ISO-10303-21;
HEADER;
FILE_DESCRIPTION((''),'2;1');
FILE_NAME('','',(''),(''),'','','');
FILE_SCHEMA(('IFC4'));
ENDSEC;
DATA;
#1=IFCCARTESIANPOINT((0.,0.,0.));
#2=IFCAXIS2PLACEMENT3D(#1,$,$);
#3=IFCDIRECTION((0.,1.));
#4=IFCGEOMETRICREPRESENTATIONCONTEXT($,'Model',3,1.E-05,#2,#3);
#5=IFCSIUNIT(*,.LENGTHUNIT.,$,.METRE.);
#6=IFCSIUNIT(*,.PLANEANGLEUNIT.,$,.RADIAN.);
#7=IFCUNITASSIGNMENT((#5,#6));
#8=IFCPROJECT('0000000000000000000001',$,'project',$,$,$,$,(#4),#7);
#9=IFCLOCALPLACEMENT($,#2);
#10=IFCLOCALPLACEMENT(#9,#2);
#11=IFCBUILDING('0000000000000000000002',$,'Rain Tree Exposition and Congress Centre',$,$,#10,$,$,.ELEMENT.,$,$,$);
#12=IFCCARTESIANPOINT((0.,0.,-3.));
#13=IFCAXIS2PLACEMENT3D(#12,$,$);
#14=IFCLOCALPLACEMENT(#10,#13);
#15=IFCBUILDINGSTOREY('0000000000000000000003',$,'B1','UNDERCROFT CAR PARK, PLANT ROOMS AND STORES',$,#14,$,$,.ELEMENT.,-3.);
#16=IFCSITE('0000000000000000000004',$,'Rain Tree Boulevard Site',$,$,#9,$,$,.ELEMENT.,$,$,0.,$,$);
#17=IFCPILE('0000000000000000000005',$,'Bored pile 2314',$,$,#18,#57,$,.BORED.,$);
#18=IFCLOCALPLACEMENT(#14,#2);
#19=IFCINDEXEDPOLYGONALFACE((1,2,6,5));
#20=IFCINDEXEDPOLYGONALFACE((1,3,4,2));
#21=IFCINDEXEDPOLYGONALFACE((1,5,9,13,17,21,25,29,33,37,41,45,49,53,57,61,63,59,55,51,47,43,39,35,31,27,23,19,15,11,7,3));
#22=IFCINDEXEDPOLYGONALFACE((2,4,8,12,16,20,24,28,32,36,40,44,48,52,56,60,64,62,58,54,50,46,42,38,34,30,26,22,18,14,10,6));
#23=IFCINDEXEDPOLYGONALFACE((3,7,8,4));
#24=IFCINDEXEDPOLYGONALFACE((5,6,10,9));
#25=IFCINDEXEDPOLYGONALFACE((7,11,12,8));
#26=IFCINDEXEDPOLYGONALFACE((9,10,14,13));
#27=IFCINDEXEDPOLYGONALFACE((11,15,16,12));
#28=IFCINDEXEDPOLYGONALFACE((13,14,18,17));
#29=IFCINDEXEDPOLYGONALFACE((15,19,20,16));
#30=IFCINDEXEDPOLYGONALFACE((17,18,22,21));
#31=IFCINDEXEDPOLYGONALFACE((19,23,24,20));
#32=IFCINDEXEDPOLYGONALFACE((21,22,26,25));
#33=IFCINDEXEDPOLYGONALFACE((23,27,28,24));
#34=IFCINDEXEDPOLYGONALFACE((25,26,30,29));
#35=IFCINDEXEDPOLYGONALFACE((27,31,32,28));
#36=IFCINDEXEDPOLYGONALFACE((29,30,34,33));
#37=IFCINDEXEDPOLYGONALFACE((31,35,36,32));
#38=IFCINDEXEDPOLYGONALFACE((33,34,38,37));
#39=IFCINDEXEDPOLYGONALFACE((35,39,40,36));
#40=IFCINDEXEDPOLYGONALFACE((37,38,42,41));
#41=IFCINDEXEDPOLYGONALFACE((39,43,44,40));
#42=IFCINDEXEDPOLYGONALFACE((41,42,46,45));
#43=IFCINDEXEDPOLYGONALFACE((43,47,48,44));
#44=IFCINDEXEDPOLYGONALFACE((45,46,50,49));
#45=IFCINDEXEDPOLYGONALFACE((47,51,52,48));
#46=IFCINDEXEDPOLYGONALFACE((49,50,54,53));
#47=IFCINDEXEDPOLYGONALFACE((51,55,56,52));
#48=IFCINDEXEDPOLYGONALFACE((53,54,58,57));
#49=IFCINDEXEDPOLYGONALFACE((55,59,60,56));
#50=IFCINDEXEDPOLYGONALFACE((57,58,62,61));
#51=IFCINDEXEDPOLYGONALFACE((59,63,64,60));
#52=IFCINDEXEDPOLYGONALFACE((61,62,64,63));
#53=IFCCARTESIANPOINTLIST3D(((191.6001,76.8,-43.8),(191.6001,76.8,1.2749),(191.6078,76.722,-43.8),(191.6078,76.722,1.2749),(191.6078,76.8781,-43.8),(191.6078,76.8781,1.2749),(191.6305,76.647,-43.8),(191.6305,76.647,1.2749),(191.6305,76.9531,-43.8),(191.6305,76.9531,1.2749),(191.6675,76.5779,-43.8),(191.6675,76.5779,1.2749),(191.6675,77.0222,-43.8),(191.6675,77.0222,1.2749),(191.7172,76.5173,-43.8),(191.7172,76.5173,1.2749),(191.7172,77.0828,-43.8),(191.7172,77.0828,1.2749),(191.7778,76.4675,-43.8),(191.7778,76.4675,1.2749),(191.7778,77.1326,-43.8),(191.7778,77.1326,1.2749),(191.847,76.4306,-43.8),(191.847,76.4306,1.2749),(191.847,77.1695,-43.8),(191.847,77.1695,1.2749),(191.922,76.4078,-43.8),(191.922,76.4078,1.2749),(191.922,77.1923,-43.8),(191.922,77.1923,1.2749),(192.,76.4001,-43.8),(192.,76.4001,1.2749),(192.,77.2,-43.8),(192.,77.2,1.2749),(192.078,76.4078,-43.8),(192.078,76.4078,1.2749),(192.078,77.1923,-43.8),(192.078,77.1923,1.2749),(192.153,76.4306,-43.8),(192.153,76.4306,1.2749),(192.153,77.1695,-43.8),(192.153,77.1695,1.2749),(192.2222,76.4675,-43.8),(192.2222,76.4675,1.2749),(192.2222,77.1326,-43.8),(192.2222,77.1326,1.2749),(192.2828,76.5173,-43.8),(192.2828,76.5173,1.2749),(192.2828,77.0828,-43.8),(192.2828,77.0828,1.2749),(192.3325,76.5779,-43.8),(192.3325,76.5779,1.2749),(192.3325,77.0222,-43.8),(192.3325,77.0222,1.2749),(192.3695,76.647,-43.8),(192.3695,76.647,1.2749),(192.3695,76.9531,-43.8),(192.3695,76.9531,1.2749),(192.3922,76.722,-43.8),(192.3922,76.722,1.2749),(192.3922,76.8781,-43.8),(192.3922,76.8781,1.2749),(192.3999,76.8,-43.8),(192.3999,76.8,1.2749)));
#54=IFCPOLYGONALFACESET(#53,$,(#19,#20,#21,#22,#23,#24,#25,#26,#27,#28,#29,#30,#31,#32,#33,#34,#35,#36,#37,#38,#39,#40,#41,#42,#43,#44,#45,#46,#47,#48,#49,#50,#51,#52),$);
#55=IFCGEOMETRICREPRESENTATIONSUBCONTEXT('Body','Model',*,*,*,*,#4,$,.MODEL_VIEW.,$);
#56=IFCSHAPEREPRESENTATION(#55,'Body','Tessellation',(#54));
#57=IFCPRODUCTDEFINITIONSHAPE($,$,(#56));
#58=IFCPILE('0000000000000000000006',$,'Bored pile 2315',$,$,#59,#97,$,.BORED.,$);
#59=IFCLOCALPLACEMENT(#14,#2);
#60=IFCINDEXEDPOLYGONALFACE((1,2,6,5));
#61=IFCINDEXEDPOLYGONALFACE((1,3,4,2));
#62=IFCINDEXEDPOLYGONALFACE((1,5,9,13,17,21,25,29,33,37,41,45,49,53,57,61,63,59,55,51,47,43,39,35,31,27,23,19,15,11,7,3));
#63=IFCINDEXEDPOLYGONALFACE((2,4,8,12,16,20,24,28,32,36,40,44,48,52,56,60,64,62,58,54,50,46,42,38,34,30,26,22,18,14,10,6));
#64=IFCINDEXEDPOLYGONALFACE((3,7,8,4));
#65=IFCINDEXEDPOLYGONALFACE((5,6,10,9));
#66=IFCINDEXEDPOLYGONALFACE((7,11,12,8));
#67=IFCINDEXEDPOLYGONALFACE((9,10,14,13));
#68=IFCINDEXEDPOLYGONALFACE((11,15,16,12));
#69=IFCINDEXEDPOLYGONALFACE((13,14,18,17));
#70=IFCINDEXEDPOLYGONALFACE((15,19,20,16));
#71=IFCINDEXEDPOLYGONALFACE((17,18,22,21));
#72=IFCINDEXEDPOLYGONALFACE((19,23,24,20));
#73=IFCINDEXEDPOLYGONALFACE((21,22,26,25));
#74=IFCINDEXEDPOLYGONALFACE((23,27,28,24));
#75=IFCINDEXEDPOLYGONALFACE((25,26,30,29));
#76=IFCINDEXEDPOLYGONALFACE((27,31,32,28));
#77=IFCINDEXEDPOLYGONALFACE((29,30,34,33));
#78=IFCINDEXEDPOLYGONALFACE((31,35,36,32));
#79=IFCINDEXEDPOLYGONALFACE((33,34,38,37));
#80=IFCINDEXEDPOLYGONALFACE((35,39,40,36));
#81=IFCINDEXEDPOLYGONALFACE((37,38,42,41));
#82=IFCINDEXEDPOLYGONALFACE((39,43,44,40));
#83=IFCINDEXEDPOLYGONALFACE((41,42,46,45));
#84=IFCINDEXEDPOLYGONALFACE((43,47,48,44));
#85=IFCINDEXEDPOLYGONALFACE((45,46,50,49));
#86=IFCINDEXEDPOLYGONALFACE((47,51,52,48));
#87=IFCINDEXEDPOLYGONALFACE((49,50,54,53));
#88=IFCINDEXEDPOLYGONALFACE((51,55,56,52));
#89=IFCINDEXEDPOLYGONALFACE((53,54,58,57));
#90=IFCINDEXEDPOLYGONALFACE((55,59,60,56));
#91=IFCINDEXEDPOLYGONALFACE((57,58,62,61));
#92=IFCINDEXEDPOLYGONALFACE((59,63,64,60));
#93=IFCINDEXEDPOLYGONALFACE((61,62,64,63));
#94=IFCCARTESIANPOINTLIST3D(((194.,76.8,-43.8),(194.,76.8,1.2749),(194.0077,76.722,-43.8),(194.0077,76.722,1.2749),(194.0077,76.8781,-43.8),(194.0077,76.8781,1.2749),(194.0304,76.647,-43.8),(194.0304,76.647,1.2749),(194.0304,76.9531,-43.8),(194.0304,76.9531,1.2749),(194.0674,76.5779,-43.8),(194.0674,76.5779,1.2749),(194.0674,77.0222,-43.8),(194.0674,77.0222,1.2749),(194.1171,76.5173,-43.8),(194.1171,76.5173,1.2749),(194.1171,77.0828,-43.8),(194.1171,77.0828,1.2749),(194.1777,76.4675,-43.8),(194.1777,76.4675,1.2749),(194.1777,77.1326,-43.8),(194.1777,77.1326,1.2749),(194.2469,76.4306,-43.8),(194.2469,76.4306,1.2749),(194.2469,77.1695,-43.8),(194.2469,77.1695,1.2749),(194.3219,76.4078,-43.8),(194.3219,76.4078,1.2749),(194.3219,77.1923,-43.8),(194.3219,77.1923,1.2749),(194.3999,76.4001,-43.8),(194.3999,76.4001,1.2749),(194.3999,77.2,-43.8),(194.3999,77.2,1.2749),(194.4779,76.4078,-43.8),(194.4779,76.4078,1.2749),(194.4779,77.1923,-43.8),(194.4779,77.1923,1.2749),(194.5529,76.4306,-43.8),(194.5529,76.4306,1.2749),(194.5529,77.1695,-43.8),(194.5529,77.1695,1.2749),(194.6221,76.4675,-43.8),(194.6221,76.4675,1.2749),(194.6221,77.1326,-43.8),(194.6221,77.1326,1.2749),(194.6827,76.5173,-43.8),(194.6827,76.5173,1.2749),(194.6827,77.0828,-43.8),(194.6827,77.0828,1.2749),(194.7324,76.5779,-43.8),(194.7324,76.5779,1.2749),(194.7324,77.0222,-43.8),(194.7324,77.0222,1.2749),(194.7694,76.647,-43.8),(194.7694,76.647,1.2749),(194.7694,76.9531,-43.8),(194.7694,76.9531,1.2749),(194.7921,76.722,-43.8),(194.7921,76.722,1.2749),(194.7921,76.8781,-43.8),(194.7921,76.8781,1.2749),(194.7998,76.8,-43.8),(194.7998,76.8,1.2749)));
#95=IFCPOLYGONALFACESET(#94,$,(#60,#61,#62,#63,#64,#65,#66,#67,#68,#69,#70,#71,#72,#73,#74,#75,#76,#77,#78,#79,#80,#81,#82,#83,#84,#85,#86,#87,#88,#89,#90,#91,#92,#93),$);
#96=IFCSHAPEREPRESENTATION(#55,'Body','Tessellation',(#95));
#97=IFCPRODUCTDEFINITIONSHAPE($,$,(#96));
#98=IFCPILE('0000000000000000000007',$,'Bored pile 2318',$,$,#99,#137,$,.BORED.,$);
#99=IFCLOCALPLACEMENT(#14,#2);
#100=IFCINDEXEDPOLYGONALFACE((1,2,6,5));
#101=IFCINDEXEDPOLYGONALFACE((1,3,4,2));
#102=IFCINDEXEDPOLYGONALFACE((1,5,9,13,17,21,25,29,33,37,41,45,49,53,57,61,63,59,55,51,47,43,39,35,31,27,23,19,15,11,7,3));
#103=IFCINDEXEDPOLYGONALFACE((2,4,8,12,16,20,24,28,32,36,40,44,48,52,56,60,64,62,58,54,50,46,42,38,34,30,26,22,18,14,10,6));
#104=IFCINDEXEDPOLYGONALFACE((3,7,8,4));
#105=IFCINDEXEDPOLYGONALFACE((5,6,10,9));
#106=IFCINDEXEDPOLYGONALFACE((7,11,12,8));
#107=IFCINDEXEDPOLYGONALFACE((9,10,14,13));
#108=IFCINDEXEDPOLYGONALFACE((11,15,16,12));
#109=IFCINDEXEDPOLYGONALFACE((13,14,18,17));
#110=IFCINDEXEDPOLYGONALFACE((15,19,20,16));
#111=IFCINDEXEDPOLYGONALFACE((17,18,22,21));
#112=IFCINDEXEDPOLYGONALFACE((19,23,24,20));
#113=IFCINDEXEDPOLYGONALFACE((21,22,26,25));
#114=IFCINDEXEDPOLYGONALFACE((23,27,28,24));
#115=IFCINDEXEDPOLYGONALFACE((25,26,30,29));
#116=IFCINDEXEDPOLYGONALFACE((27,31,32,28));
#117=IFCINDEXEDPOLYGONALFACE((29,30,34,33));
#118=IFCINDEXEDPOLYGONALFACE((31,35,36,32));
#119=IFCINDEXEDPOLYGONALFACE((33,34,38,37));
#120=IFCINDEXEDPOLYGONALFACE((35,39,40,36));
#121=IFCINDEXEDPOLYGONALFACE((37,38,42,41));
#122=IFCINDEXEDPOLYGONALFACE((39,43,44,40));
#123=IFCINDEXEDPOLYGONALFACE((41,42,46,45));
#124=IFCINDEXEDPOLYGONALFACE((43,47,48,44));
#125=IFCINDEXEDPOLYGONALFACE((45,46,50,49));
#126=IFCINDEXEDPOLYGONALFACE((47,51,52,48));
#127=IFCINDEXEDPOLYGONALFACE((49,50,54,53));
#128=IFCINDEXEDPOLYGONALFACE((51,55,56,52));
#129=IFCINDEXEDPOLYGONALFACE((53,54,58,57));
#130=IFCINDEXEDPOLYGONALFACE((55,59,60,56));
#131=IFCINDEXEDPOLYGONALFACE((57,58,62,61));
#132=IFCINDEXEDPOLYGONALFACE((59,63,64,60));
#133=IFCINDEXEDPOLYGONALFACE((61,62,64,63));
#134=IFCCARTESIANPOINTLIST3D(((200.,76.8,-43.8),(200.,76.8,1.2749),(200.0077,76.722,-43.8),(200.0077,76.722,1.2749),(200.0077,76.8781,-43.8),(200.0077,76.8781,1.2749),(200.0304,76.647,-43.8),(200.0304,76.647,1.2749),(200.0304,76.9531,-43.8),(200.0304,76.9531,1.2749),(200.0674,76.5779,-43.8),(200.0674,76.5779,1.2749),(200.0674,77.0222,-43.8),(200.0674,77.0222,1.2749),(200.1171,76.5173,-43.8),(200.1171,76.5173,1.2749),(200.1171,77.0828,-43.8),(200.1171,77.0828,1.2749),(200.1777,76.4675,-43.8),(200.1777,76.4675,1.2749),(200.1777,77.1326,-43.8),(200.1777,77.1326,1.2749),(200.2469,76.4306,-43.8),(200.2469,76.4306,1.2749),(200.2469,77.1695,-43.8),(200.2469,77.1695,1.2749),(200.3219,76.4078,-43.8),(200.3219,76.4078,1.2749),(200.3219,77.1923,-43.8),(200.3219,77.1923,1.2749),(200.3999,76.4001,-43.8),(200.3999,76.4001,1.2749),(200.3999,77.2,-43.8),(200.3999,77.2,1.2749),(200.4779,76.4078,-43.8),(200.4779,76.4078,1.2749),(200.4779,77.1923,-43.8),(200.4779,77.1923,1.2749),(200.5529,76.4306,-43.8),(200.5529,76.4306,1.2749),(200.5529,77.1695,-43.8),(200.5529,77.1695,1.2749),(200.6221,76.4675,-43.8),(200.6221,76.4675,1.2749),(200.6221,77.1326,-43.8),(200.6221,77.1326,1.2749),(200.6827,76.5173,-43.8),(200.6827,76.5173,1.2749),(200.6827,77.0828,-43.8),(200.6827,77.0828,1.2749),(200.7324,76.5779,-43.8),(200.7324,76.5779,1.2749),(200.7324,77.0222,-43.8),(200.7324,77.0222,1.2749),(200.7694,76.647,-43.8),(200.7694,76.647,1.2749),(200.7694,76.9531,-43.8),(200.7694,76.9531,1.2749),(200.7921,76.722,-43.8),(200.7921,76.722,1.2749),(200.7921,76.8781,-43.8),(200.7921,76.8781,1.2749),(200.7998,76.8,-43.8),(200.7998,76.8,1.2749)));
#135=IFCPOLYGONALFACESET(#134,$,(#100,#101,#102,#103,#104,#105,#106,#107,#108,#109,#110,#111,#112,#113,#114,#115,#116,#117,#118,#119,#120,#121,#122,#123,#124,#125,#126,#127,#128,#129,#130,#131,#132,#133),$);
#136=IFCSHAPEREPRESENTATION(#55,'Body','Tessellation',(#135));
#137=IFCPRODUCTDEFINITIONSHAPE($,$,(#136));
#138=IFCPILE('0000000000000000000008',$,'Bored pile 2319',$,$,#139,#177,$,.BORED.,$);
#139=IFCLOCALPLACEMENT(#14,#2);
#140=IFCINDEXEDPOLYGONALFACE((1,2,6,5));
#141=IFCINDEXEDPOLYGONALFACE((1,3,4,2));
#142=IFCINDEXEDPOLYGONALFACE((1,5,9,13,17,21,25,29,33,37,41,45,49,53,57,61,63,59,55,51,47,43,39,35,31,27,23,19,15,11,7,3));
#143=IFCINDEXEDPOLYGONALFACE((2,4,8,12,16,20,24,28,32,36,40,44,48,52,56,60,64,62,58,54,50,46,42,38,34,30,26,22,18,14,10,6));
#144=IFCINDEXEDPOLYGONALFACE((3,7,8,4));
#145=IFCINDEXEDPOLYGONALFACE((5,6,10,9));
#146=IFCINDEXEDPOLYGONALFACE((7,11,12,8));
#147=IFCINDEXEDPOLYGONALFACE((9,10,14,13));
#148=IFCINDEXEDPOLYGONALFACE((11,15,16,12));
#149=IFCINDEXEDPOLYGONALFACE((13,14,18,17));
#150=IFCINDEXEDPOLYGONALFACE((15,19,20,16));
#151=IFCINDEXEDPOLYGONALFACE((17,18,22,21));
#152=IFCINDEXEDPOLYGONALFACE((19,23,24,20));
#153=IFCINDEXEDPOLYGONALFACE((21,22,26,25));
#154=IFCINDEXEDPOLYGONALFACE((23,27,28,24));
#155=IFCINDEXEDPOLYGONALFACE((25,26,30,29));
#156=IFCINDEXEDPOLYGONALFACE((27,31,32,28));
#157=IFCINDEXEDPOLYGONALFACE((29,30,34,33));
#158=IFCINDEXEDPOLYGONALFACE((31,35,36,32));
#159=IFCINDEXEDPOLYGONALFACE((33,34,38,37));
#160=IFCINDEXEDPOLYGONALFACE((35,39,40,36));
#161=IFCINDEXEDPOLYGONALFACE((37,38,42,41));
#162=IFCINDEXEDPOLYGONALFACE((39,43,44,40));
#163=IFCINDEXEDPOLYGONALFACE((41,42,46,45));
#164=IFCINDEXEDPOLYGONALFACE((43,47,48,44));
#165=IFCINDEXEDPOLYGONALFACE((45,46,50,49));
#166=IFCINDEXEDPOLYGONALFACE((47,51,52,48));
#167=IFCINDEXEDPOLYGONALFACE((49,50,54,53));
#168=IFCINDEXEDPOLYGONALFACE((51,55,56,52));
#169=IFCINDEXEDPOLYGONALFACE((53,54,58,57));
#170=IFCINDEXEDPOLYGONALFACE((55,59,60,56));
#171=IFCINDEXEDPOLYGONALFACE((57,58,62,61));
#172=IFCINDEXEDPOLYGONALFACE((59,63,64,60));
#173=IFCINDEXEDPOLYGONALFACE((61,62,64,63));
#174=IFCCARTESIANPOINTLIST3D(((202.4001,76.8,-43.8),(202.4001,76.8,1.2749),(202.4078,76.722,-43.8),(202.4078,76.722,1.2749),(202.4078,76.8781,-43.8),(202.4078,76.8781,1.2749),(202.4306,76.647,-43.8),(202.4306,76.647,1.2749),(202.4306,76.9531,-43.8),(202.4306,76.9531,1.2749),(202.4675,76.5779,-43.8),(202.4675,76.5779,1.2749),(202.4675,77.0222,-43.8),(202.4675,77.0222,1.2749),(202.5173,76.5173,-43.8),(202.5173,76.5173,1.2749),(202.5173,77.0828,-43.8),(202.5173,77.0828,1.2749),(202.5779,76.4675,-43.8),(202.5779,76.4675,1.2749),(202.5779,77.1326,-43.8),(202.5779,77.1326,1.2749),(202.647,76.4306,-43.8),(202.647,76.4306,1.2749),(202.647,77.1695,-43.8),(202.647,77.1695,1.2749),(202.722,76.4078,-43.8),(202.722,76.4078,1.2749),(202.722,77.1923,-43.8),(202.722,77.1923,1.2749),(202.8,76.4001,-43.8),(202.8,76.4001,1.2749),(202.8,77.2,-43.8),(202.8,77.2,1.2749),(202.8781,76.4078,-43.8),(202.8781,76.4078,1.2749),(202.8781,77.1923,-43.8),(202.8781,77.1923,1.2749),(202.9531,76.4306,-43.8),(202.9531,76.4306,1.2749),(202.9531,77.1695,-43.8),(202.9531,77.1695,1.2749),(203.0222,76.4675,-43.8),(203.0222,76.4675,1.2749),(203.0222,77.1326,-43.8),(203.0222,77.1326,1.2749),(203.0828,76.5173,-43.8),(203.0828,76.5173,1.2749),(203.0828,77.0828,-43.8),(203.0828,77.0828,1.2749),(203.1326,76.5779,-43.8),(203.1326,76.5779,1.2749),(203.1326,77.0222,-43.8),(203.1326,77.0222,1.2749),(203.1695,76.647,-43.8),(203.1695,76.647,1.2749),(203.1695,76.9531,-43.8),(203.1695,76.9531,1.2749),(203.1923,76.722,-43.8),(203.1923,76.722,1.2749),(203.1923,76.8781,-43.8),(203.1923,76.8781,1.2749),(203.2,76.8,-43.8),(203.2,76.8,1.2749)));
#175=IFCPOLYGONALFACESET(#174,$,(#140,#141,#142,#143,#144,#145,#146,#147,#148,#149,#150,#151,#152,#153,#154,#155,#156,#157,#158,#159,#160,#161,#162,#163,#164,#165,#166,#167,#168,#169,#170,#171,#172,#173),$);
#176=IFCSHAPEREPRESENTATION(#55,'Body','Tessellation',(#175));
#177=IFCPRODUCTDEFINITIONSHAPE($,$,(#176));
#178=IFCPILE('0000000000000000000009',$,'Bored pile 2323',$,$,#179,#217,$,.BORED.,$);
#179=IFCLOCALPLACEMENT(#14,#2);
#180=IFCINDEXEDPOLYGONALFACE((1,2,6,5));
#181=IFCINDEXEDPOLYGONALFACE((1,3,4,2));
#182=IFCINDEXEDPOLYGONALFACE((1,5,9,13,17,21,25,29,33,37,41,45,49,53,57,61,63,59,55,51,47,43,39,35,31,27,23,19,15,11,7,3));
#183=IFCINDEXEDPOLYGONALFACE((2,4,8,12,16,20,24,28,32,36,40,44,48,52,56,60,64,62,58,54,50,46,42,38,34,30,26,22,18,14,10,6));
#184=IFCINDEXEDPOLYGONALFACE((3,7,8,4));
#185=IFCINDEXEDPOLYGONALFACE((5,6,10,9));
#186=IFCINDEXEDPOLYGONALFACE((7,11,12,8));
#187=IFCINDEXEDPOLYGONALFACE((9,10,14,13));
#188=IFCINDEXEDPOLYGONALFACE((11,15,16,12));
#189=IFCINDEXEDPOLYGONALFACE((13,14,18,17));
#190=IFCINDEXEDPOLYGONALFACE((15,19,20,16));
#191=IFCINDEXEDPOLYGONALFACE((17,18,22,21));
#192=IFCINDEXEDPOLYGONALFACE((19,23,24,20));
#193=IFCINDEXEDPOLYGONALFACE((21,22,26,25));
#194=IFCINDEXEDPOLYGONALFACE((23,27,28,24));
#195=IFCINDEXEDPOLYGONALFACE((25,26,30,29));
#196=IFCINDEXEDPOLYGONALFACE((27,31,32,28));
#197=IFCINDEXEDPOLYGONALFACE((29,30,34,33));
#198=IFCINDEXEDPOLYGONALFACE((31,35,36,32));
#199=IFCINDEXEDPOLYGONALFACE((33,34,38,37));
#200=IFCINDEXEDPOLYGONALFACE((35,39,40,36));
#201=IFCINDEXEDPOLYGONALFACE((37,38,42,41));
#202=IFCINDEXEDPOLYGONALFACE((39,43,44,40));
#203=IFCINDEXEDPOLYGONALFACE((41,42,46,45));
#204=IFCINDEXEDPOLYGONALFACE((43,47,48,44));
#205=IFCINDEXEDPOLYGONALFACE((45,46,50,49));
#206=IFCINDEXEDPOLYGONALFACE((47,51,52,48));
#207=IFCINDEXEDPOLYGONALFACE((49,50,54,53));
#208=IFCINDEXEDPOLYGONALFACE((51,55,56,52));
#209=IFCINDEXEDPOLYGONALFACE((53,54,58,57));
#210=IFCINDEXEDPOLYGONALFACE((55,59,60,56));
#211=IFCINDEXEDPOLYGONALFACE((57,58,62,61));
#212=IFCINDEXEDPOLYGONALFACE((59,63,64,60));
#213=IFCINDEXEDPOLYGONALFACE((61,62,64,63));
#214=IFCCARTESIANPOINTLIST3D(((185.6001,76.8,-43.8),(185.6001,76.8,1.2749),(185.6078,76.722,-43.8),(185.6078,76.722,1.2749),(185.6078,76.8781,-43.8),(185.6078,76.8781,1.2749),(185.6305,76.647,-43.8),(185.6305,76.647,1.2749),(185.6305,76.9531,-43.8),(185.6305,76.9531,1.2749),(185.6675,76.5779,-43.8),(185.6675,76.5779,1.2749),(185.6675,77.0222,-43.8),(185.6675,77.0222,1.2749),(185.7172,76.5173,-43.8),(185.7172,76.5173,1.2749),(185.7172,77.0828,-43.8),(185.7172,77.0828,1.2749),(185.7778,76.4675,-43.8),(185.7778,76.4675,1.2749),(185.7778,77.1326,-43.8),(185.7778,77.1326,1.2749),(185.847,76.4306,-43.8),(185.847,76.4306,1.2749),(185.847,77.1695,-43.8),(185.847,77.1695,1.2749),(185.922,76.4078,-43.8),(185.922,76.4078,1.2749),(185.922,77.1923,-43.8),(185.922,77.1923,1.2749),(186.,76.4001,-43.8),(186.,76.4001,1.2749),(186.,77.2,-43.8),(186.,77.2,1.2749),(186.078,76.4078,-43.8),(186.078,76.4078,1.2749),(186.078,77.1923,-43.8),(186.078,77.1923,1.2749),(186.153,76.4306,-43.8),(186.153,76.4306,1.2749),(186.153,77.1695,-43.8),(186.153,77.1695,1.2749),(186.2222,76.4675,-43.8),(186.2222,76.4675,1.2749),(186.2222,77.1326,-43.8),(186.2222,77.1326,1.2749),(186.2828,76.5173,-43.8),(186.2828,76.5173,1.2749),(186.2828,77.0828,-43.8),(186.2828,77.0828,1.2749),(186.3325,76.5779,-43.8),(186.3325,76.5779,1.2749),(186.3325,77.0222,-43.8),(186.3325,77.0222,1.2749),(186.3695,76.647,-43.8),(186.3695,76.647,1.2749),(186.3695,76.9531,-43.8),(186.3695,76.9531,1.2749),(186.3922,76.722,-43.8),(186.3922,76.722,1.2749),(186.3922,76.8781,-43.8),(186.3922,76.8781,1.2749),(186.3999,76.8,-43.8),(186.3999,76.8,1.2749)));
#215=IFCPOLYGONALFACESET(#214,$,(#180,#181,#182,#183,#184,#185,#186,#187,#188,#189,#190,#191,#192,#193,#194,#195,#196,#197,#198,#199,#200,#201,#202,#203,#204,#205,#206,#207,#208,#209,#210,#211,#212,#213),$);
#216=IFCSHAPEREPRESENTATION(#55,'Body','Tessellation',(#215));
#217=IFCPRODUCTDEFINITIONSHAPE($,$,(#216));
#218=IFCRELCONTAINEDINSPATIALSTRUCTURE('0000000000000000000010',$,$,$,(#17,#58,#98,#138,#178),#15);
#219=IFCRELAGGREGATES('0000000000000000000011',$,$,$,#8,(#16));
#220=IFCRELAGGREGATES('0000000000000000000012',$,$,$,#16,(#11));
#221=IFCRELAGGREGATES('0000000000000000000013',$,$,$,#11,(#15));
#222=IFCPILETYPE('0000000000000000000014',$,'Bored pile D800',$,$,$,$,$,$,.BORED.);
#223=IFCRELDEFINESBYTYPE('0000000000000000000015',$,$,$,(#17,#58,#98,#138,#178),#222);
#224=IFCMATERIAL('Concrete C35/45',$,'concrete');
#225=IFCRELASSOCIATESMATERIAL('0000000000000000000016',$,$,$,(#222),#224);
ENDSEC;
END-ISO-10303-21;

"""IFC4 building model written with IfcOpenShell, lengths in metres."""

from ifc_helpers import new_model, si_unit, direction, frame, origin, origin_2d, place, context, subcontext, project, spatial, circle, extrude, material, material_profile, profile_set, type_object, element, save


model = new_model("IFC4")

# Units and contexts
model_context = context("Model", 3, precision=1e-05, world=origin(), true_north=direction((0.0, 1.0)))
body_context = subcontext(model_context, "Body", "Model", "MODEL_VIEW")
ifc_project = project(units=[si_unit("LENGTHUNIT", "METRE"), si_unit("PLANEANGLEUNIT", "RADIAN")], contexts=[model_context])

# Site, building, storey
site_placement = place(None, origin())
site = spatial("IfcSite", under=ifc_project, at=site_placement, Name="Rain Tree Boulevard Site", CompositionType="ELEMENT", RefElevation=0.0)
building_placement = place(site_placement, origin())
building = spatial("IfcBuilding", under=site, at=building_placement, Name="Rain Tree Exposition and Congress Centre", CompositionType="ELEMENT")
storey_placement = place(building_placement, frame((0.0, 0.0, -3.0)))
storey = spatial("IfcBuildingStorey", under=building, at=storey_placement, Name="B1", Description="UNDERCROFT CAR PARK, PLANT ROOMS AND STORES", CompositionType="ELEMENT", Elevation=-3.0)

# Piles
ifc_material_1 = material(Name="Concrete C35/45", Category="concrete")
ifc_material_profile_1 = material_profile(ifc_material_1, circle(Radius=0.3999, at=origin_2d()), Name="D800")
ifc_profile_set_1 = profile_set([ifc_material_profile_1], Name="Concrete C35/45")
pile_type_1 = type_object("IfcPileType", Name="Bored pile D800", PredefinedType="BORED", material=ifc_profile_set_1)
for number, where, z_axis, x_axis, name in (
    (1, (192.0, 76.8, 1.2749), (0.0, 0.0, -1.0), (1.0, 0.0, 0.0), "Bored pile 2314"),
    (2, (194.3999, 76.8, 1.2749), (0.0, 0.0, -1.0), (1.0, 0.0, 0.0), "Bored pile 2315"),
    (3, (200.3999, 76.8, 1.2749), (0.0, 0.0, -1.0), (1.0, 0.0, 0.0), "Bored pile 2318"),
    (4, (202.8, 76.8, 1.2749), (0.0, 0.0, -1.0), (1.0, 0.0, 0.0), "Bored pile 2319"),
    (5, (186.0, 76.8, 1.2749), (0.0, 0.0, -1.0), (1.0, 0.0, 0.0), "Bored pile 2323"),
):
    element("IfcPile", number, at=place(storey_placement, frame(where, z_axis=z_axis, x_axis=x_axis)), inside=storey, type_object=pile_type_1, Name=name, PredefinedType="BORED", context=body_context, shape_type="SweptSolid", body=[
        extrude(circle(Radius=0.3999, at=origin_2d()), origin(), (0.0, 0.0, 1.0), 45.075),
    ])

save(model, "model.ifc")
